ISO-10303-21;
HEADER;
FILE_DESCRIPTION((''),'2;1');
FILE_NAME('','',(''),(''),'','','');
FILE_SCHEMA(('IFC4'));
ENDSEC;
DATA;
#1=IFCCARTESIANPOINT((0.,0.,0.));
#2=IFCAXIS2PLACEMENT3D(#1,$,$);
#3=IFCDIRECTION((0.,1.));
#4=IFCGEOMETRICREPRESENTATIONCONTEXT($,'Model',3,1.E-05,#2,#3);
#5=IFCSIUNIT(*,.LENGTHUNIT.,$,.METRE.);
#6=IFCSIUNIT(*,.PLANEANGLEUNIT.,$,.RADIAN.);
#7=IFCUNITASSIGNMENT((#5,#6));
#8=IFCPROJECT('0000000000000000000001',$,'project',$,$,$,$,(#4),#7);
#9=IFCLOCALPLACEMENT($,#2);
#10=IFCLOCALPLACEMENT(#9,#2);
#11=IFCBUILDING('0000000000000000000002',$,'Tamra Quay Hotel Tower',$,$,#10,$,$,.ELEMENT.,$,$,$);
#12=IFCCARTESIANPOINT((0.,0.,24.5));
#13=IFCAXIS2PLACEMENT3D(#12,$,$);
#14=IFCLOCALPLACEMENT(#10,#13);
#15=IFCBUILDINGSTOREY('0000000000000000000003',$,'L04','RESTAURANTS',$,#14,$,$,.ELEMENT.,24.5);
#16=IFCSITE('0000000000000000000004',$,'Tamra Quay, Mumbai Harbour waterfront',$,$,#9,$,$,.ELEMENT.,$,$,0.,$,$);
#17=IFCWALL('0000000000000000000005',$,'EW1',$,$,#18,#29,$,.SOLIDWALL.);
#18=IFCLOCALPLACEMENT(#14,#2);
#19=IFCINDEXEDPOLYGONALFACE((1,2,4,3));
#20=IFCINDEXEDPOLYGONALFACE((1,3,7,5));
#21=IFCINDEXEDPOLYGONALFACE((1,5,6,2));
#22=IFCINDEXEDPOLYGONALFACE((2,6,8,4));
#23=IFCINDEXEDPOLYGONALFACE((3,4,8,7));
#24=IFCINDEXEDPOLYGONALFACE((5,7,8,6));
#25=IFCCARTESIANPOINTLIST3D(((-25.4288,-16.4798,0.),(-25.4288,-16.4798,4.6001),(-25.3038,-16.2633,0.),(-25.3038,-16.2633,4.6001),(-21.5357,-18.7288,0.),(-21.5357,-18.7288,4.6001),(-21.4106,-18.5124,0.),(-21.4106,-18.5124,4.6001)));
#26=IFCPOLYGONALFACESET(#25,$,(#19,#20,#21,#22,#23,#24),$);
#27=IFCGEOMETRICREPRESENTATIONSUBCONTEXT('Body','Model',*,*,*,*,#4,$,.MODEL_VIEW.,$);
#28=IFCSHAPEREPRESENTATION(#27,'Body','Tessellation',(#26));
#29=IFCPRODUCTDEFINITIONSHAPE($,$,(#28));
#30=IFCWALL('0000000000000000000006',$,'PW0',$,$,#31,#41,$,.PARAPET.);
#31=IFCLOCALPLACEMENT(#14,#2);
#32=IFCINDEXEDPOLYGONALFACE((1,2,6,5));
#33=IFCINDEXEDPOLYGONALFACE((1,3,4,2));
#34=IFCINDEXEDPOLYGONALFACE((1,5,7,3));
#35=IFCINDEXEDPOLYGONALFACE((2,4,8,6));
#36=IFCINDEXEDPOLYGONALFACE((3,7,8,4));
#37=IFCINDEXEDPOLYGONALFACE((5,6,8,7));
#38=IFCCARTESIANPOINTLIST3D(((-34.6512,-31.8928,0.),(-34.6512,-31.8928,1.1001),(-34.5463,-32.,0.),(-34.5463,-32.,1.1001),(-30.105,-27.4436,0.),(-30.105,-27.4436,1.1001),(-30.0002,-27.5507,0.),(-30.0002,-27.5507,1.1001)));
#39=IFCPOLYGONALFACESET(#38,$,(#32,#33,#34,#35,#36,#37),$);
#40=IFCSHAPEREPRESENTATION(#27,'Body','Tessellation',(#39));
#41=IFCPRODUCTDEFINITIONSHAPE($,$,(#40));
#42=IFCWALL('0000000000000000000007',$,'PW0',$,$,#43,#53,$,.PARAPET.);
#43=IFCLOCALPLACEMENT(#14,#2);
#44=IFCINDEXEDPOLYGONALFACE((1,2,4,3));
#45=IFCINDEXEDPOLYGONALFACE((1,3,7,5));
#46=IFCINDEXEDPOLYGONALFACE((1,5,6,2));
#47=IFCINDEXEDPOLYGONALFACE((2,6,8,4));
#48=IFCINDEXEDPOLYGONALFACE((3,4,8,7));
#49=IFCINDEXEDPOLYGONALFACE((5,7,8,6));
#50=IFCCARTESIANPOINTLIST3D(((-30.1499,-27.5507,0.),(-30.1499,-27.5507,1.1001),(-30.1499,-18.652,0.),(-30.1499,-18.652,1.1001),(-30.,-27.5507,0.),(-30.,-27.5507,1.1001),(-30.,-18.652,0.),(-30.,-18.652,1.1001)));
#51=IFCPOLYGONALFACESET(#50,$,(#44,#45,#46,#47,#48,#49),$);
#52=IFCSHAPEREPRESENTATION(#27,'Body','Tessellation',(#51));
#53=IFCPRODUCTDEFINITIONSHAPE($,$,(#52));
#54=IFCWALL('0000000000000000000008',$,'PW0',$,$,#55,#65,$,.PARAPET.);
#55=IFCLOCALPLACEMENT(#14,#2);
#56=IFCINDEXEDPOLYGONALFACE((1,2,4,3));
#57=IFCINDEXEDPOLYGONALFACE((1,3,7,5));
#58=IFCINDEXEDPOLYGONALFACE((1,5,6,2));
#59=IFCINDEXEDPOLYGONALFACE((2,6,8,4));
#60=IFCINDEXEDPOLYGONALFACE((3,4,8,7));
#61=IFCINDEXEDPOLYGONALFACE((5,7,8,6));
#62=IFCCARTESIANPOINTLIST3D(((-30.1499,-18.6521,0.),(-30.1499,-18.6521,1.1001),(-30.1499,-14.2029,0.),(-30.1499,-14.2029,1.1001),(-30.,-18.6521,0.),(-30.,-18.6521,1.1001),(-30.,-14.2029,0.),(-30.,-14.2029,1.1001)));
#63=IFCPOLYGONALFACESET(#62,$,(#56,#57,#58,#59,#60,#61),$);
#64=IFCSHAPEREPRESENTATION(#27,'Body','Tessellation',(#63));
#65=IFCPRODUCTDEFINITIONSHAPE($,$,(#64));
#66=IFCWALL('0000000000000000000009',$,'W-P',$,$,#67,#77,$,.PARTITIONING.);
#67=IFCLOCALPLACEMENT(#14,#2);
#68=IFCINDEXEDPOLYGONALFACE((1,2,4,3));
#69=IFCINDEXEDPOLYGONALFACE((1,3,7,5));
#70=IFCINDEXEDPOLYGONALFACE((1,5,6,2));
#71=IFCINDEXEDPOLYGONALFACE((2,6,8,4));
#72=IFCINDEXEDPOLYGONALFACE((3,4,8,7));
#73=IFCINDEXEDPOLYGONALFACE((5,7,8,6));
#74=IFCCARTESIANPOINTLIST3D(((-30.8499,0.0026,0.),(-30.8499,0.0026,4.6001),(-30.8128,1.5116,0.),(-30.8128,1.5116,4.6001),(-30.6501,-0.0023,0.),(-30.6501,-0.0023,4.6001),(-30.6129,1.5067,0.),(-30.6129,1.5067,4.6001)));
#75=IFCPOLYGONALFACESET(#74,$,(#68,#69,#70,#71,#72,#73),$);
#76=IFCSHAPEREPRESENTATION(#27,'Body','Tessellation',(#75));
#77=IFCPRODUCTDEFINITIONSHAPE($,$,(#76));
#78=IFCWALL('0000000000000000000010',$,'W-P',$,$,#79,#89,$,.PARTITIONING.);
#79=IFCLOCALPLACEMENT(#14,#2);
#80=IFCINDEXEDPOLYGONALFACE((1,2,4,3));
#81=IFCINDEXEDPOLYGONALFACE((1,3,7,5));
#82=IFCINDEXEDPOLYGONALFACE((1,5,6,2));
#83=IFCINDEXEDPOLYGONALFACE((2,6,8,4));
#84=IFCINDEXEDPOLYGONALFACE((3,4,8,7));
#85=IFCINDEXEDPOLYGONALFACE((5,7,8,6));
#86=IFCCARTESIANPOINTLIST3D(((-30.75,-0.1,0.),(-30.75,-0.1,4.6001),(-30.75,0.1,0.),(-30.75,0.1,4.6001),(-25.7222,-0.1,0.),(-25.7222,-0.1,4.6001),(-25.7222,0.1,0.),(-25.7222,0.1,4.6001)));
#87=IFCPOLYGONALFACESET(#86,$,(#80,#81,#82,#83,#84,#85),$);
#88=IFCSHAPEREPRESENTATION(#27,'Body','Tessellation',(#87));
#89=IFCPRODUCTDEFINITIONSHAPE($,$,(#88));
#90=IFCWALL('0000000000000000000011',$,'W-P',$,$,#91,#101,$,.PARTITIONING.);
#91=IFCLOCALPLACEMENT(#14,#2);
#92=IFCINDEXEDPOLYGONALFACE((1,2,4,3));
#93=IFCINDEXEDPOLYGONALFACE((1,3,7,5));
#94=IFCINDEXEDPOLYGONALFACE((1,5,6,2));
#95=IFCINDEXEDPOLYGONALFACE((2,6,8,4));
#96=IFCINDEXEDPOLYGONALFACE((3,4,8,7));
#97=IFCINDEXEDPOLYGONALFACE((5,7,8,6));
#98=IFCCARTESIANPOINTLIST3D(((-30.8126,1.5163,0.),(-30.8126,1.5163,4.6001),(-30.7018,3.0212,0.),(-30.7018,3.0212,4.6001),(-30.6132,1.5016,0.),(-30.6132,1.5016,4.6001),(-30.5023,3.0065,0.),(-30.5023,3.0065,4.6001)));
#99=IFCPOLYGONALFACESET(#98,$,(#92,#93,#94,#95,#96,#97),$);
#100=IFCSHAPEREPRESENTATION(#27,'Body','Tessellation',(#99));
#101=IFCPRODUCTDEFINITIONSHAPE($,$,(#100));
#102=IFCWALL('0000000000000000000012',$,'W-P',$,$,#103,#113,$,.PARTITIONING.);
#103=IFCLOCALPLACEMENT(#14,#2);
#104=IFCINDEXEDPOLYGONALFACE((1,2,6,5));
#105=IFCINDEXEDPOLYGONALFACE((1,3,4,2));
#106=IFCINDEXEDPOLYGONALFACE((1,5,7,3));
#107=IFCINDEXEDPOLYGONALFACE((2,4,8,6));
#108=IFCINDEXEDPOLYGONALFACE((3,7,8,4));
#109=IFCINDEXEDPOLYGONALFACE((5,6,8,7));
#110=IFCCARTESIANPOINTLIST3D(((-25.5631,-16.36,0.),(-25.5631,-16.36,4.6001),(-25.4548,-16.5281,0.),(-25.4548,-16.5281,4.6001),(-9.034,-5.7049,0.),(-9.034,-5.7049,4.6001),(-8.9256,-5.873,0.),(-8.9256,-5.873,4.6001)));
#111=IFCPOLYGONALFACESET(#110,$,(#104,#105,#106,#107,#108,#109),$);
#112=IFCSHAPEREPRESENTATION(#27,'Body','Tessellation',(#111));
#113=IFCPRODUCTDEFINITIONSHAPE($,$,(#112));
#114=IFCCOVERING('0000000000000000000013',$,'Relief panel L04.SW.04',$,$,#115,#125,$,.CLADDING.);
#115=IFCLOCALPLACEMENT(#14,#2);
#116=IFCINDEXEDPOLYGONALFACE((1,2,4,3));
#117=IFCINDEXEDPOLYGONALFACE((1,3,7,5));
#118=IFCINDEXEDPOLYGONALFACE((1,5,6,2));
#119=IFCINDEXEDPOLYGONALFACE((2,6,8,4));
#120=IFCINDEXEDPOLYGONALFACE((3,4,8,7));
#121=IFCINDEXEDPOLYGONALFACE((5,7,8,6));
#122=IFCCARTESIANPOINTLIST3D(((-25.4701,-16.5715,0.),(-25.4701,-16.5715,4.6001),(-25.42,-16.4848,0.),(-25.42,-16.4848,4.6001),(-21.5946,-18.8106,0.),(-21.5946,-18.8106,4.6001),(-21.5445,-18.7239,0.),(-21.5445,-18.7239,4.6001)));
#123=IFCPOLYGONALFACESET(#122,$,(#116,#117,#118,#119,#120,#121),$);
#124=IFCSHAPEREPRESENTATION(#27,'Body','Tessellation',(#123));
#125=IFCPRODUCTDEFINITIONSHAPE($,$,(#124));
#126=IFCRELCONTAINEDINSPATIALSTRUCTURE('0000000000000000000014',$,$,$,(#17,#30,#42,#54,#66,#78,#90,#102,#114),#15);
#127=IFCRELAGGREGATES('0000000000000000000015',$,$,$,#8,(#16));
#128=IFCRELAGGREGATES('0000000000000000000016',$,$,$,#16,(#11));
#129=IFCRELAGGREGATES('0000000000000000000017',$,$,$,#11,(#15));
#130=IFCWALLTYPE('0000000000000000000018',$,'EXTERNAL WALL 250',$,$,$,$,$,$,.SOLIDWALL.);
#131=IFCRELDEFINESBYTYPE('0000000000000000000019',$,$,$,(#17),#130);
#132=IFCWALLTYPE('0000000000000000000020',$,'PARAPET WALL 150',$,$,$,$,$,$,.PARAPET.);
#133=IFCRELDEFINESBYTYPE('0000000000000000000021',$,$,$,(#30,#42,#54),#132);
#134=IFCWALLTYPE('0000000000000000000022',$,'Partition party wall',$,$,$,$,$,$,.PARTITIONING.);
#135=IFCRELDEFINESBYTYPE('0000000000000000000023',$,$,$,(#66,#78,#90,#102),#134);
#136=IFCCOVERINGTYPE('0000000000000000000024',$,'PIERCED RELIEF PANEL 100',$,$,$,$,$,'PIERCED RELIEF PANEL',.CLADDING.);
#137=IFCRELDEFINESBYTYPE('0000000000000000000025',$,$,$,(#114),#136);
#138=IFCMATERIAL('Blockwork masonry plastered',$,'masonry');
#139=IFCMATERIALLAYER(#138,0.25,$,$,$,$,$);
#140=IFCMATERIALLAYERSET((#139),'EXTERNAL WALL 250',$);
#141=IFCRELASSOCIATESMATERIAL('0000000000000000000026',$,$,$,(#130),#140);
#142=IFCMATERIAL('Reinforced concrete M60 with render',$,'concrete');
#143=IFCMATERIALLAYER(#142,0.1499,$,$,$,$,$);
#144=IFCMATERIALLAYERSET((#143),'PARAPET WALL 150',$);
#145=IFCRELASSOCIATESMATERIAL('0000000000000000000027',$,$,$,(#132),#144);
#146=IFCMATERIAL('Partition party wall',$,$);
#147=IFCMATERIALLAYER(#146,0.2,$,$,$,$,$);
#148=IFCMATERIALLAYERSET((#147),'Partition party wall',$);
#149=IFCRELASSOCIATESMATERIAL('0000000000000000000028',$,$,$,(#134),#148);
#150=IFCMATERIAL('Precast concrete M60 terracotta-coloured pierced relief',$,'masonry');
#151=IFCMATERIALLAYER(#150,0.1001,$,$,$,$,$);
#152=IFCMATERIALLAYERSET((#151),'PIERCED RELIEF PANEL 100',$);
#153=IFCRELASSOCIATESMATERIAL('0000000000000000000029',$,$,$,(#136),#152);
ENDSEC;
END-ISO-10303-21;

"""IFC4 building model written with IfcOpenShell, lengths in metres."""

from ifc_helpers import new_model, si_unit, direction, frame, frame_2d, origin, origin_2d, place, context, subcontext, project, spatial, rectangle, extrude, material, layer, layer_set, type_object, element, save


model = new_model("IFC4")

# Units and contexts
model_context = context("Model", 3, precision=1e-05, world=origin(), true_north=direction((0.0, 1.0)))
body_context = subcontext(model_context, "Body", "Model", "MODEL_VIEW")
ifc_project = project(units=[si_unit("LENGTHUNIT", "METRE"), si_unit("PLANEANGLEUNIT", "RADIAN")], contexts=[model_context])

# Site, building, storey
site_placement = place(None, origin())
site = spatial("IfcSite", under=ifc_project, at=site_placement, Name="Tamra Quay, Mumbai Harbour waterfront", CompositionType="ELEMENT", RefElevation=0.0)
building_placement = place(site_placement, origin())
building = spatial("IfcBuilding", under=site, at=building_placement, Name="Tamra Quay Hotel Tower", CompositionType="ELEMENT")
storey_placement = place(building_placement, frame((0.0, 0.0, 24.5)))
storey = spatial("IfcBuildingStorey", under=building, at=storey_placement, Name="L04", Description="RESTAURANTS", CompositionType="ELEMENT", Elevation=24.5)

# Walls
ifc_material_1 = material(Name="Blockwork masonry plastered", Category="masonry")
ifc_layer_1 = layer(ifc_material_1, 0.25)
ifc_layer_set_1 = layer_set([ifc_layer_1], Name="EXTERNAL WALL 250")
wall_type_1 = type_object("IfcWallType", Name="EXTERNAL WALL 250", PredefinedType="SOLIDWALL", material=ifc_layer_set_1)
wall_1_placement = place(storey_placement, frame((-21.4731, -18.6206, 0.0), z_axis=(0.0, 0.0, 1.0), x_axis=(-0.865894, 0.500227, 0.0)))
element("IfcWall", 1, at=wall_1_placement, inside=storey, type_object=wall_type_1, Name="EW1", PredefinedType="SOLIDWALL", context=body_context, shape_type="SweptSolid", body=[
    extrude(rectangle(XDim=4.4961, YDim=0.25, at=frame_2d((2.248, 0.0))), origin(), (0.0, 0.0, 1.0), 4.6001),
])
ifc_material_2 = material(Name="Reinforced concrete M60 with render", Category="concrete")
ifc_layer_2 = layer(ifc_material_2, 0.1499)
ifc_layer_set_2 = layer_set([ifc_layer_2], Name="PARAPET WALL 150")
wall_type_2 = type_object("IfcWallType", Name="PARAPET WALL 150", PredefinedType="PARAPET", material=ifc_layer_set_2)
wall_2_placement = place(storey_placement, frame((-30.0525, -27.4971, 0.0), z_axis=(0.0, 0.0, 1.0), x_axis=(-0.714684, -0.699447, 0.0)))
element("IfcWall", 2, at=wall_2_placement, inside=storey, type_object=wall_type_2, Name="PW0", PredefinedType="PARAPET", context=body_context, shape_type="SweptSolid", body=[
    extrude(rectangle(XDim=6.3611, YDim=0.1499, at=frame_2d((3.1807, 0.0))), origin(), (0.0, 0.0, 1.0), 1.1001),
])
wall_3_placement = place(storey_placement, frame((-30.075, -18.6521, 0.0), z_axis=(0.0, 0.0, 1.0), x_axis=(0.0, -1.0, 0.0)))
element("IfcWall", 3, at=wall_3_placement, inside=storey, type_object=wall_type_2, Name="PW0", PredefinedType="PARAPET", context=body_context, shape_type="SweptSolid", body=[
    extrude(rectangle(XDim=8.8987, YDim=0.1499, at=frame_2d((4.4492, 0.0))), origin(), (0.0, 0.0, 1.0), 1.1001),
])
wall_4_placement = place(storey_placement, frame((-30.075, -14.2029, 0.0), z_axis=(0.0, 0.0, 1.0), x_axis=(0.0, -1.0, 0.0)))
element("IfcWall", 4, at=wall_4_placement, inside=storey, type_object=wall_type_2, Name="PW0", PredefinedType="PARAPET", context=body_context, shape_type="SweptSolid", body=[
    extrude(rectangle(XDim=4.4492, YDim=0.1499, at=frame_2d((2.2246, 0.0))), origin(), (0.0, 0.0, 1.0), 1.1001),
])
ifc_material_3 = material(Name="Partition party wall")
ifc_layer_3 = layer(ifc_material_3, 0.2)
ifc_layer_set_3 = layer_set([ifc_layer_3], Name="Partition party wall")
wall_type_3 = type_object("IfcWallType", Name="Partition party wall", PredefinedType="PARTITIONING", material=ifc_layer_set_3)
wall_5_placement = place(storey_placement, frame((-30.75, 0.0, 0.0), z_axis=(0.0, 0.0, 1.0), x_axis=(0.024584, 0.999698, 0.0)))
element("IfcWall", 5, at=wall_5_placement, inside=storey, type_object=wall_type_3, Name="W-P", PredefinedType="PARTITIONING", context=body_context, shape_type="SweptSolid", body=[
    extrude(rectangle(XDim=1.5095, YDim=0.2, at=frame_2d((0.7549, 0.0))), origin(), (0.0, 0.0, 1.0), 4.6001),
])
wall_6_placement = place(storey_placement, frame((-30.75, 0.0, 0.0), z_axis=(0.0, 0.0, 1.0), x_axis=(1.0, 0.0, 0.0)))
element("IfcWall", 6, at=wall_6_placement, inside=storey, type_object=wall_type_3, Name="W-P", PredefinedType="PARTITIONING", context=body_context, shape_type="SweptSolid", body=[
    extrude(rectangle(XDim=5.0278, YDim=0.2, at=frame_2d((2.5139, 0.0))), origin(), (0.0, 0.0, 1.0), 4.6001),
])
wall_7_placement = place(storey_placement, frame((-30.7129, 1.509, 0.0), z_axis=(0.0, 0.0, 1.0), x_axis=(0.073455, 0.997299, 0.0)))
element("IfcWall", 7, at=wall_7_placement, inside=storey, type_object=wall_type_3, Name="W-P", PredefinedType="PARTITIONING", context=body_context, shape_type="SweptSolid", body=[
    extrude(rectangle(XDim=1.509, YDim=0.2, at=frame_2d((0.7544, 0.0))), origin(), (0.0, 0.0, 1.0), 4.6001),
])
wall_8_placement = place(storey_placement, frame((-25.509, -16.4441, 0.0), z_axis=(0.0, 0.0, 1.0), x_axis=(0.840502, 0.541808, 0.0)))
element("IfcWall", 8, at=wall_8_placement, inside=storey, type_object=wall_type_3, Name="W-P", PredefinedType="PARTITIONING", context=body_context, shape_type="SweptSolid", body=[
    extrude(rectangle(XDim=19.6658, YDim=0.2, at=frame_2d((9.833, 0.0))), origin(), (0.0, 0.0, 1.0), 4.6001),
])

# Covering
ifc_material_4 = material(Name="Precast concrete M60 terracotta-coloured pierced relief", Category="masonry")
ifc_layer_4 = layer(ifc_material_4, 0.1001)
ifc_layer_set_4 = layer_set([ifc_layer_4], Name="PIERCED RELIEF PANEL 100")
covering_type_1 = type_object("IfcCoveringType", Name="PIERCED RELIEF PANEL 100", ElementType="PIERCED RELIEF PANEL", PredefinedType="CLADDING", material=ifc_layer_set_4)
covering_1_placement = place(storey_placement, frame((-23.5073, -17.6477, 0.0), z_axis=(0.0, 0.0, 1.0), x_axis=(0.865872, -0.500265, 0.0)))
element("IfcCovering", 9, at=covering_1_placement, inside=storey, type_object=covering_type_1, Name="Relief panel L04.SW.04", PredefinedType="CLADDING", context=body_context, shape_type="SweptSolid", body=[
    extrude(rectangle(XDim=4.4758, YDim=0.1001, at=origin_2d()), origin(), (0.0, 0.0, 1.0), 4.6001),
])

save(model, "model.ifc")
